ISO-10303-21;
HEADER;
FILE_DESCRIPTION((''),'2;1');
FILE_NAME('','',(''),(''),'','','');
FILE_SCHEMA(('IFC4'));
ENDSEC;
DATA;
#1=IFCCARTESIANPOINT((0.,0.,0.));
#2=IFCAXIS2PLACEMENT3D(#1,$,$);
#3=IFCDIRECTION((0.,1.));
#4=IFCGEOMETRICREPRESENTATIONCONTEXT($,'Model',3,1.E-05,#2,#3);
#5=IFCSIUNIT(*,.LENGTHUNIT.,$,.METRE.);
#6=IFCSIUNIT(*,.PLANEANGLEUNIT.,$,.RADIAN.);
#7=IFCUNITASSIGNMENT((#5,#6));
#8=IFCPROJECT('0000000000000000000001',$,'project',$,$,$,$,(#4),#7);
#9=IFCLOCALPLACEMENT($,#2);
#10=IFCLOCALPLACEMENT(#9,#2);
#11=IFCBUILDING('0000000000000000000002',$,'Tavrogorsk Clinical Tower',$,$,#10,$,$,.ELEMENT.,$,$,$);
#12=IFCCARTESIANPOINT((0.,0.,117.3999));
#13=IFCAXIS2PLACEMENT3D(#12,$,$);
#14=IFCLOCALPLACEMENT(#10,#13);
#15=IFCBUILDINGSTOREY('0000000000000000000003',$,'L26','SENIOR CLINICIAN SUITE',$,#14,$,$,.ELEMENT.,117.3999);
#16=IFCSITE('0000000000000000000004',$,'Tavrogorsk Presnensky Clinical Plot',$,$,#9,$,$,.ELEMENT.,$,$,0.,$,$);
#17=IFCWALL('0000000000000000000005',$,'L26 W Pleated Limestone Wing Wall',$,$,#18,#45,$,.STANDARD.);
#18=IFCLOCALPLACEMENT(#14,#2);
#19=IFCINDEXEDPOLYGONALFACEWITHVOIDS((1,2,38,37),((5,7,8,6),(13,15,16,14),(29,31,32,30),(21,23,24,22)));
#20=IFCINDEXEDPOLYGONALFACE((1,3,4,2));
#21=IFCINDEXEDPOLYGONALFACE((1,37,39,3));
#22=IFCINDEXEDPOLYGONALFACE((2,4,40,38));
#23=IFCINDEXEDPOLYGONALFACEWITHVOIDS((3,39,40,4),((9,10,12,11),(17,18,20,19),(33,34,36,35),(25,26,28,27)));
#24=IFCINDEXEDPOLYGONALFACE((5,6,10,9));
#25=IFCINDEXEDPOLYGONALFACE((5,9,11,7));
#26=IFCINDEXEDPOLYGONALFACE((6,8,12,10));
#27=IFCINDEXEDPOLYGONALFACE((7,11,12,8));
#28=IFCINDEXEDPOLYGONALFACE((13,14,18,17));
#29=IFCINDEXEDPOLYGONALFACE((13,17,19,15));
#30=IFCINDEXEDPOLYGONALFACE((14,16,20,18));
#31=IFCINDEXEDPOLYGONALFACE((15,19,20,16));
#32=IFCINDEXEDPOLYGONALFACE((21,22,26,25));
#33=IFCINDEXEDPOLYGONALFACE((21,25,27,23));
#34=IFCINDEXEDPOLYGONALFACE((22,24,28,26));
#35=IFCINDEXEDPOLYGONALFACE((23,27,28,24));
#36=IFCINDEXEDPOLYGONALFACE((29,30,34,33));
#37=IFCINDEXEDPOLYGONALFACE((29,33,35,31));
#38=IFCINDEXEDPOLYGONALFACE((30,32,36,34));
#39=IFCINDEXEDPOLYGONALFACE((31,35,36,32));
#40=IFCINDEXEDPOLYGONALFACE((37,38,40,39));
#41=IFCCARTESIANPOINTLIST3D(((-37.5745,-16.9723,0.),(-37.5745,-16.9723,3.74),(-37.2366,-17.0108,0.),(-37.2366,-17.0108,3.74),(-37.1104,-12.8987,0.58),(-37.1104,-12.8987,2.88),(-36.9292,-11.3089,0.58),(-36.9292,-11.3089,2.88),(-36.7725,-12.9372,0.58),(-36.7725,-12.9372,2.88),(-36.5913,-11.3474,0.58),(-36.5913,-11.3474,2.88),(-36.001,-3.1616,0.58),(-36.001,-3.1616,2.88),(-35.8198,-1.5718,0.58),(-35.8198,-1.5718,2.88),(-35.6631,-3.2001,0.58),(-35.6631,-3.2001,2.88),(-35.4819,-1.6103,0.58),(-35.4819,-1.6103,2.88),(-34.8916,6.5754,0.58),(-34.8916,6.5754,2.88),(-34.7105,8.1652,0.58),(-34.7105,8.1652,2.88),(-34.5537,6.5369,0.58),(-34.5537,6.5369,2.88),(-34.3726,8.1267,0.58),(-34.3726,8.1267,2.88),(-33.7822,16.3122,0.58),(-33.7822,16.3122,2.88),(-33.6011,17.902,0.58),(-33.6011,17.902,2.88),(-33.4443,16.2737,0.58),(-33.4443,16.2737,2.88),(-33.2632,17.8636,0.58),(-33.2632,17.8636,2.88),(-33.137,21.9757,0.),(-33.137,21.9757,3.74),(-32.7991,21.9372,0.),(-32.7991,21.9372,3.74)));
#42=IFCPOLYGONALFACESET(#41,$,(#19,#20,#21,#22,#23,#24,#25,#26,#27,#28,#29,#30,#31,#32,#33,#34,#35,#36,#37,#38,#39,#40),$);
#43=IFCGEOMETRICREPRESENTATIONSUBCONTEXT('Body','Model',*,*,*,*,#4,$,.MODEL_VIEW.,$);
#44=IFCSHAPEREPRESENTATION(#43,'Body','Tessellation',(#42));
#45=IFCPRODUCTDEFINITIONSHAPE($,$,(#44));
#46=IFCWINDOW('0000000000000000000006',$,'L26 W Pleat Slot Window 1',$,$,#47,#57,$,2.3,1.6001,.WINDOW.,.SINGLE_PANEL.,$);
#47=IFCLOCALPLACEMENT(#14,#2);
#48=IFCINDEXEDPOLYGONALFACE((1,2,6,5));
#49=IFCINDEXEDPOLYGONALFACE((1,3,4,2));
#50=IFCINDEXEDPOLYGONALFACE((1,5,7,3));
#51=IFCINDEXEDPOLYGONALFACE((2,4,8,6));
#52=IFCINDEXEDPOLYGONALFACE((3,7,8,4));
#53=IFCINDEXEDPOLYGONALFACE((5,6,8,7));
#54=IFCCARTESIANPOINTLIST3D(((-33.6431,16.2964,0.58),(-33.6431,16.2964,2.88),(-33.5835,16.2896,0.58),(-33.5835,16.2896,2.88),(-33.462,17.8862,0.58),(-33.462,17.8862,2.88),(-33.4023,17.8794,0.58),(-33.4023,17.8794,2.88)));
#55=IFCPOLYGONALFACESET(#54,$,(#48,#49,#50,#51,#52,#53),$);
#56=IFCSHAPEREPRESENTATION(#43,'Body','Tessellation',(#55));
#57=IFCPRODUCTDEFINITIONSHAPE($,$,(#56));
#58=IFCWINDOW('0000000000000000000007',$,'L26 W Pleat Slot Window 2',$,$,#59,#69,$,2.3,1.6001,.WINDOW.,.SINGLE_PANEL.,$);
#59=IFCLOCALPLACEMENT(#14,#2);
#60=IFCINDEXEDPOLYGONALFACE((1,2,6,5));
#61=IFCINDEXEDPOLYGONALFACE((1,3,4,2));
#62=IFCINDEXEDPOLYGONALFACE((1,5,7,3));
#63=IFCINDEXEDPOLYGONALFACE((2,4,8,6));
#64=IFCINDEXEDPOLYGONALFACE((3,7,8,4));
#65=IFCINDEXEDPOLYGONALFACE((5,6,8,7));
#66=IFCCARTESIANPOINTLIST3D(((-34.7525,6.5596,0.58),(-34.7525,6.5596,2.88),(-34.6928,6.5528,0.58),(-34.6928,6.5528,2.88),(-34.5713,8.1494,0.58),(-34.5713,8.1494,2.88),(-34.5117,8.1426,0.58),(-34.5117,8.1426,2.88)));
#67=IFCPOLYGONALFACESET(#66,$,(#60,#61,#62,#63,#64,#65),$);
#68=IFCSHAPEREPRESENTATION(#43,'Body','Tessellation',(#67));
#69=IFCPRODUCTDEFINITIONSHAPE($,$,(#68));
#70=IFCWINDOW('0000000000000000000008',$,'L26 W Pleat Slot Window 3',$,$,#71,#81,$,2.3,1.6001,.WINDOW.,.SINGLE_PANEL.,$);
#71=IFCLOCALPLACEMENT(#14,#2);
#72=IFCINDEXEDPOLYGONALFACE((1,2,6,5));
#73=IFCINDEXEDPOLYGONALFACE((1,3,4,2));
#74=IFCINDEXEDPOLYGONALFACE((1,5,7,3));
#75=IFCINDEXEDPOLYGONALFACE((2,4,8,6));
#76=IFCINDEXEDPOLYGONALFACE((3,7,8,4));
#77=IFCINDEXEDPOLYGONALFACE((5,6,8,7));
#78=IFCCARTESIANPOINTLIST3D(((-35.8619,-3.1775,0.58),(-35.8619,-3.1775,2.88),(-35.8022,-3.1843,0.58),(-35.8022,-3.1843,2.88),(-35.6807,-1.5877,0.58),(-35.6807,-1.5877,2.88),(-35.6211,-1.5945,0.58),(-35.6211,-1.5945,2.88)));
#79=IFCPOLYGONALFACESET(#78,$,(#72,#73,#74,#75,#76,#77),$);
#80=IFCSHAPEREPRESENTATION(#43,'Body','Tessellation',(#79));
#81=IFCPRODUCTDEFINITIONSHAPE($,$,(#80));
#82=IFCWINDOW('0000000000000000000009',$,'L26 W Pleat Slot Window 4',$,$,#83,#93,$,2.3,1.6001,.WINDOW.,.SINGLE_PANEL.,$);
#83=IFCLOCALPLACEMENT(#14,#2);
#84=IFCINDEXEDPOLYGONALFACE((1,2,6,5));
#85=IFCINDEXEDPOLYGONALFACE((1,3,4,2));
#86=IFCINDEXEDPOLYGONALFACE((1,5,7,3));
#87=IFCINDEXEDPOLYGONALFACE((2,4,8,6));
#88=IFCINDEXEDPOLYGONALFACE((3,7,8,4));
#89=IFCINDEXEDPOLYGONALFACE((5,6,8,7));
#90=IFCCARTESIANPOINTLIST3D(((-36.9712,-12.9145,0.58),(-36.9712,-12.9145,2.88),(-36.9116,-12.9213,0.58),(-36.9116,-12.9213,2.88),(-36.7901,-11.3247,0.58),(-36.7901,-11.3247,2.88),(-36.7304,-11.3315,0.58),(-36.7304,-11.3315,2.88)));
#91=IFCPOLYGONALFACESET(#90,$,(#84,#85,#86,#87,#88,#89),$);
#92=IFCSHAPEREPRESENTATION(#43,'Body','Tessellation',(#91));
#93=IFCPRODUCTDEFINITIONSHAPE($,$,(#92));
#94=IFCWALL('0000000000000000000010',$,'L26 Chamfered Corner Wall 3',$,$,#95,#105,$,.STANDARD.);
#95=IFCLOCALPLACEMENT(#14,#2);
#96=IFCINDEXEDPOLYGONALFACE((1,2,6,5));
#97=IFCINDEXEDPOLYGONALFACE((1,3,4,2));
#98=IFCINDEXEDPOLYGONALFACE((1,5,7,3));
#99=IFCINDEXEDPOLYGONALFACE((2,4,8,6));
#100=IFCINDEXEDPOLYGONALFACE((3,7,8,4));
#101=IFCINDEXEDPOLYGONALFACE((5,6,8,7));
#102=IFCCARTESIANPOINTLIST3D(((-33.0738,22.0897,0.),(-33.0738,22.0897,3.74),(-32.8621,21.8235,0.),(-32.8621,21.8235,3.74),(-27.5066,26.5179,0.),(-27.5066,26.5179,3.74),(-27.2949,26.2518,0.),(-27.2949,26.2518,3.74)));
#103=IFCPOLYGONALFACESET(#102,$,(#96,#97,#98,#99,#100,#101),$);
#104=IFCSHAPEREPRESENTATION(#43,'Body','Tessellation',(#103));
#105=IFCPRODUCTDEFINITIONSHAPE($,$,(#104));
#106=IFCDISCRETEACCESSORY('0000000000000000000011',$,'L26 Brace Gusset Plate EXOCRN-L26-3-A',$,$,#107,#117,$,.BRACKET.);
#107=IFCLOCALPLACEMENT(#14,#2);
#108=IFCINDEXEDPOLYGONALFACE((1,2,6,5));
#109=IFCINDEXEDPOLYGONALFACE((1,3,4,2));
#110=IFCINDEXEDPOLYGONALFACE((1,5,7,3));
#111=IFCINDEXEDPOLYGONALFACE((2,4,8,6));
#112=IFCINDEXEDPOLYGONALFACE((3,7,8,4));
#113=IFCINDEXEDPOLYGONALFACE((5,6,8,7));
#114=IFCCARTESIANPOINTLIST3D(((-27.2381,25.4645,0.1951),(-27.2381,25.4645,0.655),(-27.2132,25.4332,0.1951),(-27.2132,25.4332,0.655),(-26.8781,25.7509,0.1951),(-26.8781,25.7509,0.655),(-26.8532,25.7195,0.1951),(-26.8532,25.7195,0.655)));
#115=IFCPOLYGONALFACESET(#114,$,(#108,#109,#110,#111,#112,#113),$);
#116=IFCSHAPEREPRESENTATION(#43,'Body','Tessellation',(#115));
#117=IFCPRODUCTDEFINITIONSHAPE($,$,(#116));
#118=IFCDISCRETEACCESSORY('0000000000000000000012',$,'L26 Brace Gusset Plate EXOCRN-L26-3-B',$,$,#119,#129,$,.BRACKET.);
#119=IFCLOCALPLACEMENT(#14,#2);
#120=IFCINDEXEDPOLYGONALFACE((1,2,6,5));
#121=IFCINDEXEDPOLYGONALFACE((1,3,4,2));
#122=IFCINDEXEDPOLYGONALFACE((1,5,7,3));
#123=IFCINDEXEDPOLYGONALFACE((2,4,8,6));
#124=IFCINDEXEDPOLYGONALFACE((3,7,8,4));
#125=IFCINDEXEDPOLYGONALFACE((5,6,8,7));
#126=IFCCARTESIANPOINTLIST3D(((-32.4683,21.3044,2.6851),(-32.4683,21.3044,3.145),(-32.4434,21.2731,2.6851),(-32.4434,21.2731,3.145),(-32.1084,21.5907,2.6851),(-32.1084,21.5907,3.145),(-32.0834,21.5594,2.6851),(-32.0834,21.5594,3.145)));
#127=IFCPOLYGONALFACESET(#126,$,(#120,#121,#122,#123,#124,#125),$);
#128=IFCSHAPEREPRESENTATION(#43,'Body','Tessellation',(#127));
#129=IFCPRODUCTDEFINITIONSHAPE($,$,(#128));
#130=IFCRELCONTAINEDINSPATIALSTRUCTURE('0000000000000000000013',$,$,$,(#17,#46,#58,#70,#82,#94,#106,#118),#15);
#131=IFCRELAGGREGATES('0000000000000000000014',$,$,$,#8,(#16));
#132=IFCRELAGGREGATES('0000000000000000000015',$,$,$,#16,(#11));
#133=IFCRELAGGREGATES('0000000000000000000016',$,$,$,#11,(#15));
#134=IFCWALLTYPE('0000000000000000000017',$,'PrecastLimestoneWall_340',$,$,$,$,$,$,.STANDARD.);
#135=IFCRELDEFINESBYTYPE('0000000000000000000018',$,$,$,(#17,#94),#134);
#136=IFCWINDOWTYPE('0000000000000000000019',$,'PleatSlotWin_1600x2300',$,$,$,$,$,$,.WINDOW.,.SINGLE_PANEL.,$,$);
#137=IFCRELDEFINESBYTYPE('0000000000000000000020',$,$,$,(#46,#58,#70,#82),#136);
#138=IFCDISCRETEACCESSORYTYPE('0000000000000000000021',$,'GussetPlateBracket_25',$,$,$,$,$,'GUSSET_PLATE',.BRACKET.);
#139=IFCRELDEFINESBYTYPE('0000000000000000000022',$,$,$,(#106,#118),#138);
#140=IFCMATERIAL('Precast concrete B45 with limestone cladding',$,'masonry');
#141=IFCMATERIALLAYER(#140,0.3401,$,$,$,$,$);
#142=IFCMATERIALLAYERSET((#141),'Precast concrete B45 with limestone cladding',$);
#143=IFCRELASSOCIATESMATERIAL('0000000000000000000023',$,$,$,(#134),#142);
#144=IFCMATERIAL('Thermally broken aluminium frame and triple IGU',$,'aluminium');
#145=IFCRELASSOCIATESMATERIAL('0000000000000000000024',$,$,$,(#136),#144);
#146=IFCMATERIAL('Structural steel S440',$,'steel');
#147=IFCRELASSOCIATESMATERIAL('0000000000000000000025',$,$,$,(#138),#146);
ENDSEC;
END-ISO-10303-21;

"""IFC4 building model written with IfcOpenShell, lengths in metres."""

from ifc_helpers import new_model, si_unit, direction, frame, frame_2d, origin, origin_2d, place, context, subcontext, project, spatial, rectangle, extrude, material, layer, layer_set, type_object, element, fill, save


model = new_model("IFC4")

# Units and contexts
model_context = context("Model", 3, precision=1e-05, world=origin(), true_north=direction((0.0, 1.0)))
body_context = subcontext(model_context, "Body", "Model", "MODEL_VIEW")
ifc_project = project(units=[si_unit("LENGTHUNIT", "METRE"), si_unit("PLANEANGLEUNIT", "RADIAN")], contexts=[model_context])

# Site, building, storey
site_placement = place(None, origin())
site = spatial("IfcSite", under=ifc_project, at=site_placement, Name="Tavrogorsk Presnensky Clinical Plot", CompositionType="ELEMENT", RefElevation=0.0)
building_placement = place(site_placement, origin())
building = spatial("IfcBuilding", under=site, at=building_placement, Name="Tavrogorsk Clinical Tower", CompositionType="ELEMENT")
storey_placement = place(building_placement, frame((0.0, 0.0, 117.3999)))
storey = spatial("IfcBuildingStorey", under=building, at=storey_placement, Name="L26", Description="SENIOR CLINICIAN SUITE", CompositionType="ELEMENT", Elevation=117.3999)

# Wall, openings, windows
ifc_material_1 = material(Name="Precast concrete B45 with limestone cladding", Category="masonry")
ifc_layer_1 = layer(ifc_material_1, 0.3401)
ifc_layer_set_1 = layer_set([ifc_layer_1], Name="Precast concrete B45 with limestone cladding")
wall_type_1 = type_object("IfcWallType", Name="PrecastLimestoneWall_340", PredefinedType="STANDARD", material=ifc_layer_set_1)
wall_1_placement = place(storey_placement, frame((-32.968, 21.9565, 0.0), z_axis=(0.0, 0.0, 1.0), x_axis=(-0.113202, -0.993572, 0.0)))
wall_1 = element("IfcWall", 1, at=wall_1_placement, inside=storey, type_object=wall_type_1, Name="L26 W Pleated Limestone Wing Wall", PredefinedType="STANDARD", context=body_context, shape_type="SweptSolid", body=[
    extrude(rectangle(XDim=39.2, YDim=0.3401, at=frame_2d((19.6001, 0.0))), origin(), (0.0, 0.0, 1.0), 3.74),
])
opening_1_placement = place(wall_1_placement, frame((4.1001, 0.0, 0.5801)))
opening_1 = element("IfcOpeningElement", 2, at=opening_1_placement, cuts=wall_1, PredefinedType="OPENING", context=body_context, shape_type="SweptSolid", body=[
    extrude(rectangle(XDim=1.6001, YDim=2.3, at=frame_2d((0.8, 1.1499))), frame((0.0, 0.1799, 0.0), z_axis=(0.0, -1.0, 0.0), x_axis=(1.0, 0.0, 0.0)), (0.0, 0.0, 1.0), 0.3601),
])
opening_2_placement = place(wall_1_placement, frame((13.8999, 0.0, 0.5801)))
opening_2 = element("IfcOpeningElement", 3, at=opening_2_placement, cuts=wall_1, PredefinedType="OPENING", context=body_context, shape_type="SweptSolid", body=[
    extrude(rectangle(XDim=1.6001, YDim=2.3, at=frame_2d((0.8, 1.1499))), frame((0.0, 0.1799, 0.0), z_axis=(0.0, -1.0, 0.0), x_axis=(1.0, 0.0, 0.0)), (0.0, 0.0, 1.0), 0.3601),
])
opening_3_placement = place(wall_1_placement, frame((23.7, 0.0, 0.5801)))
opening_3 = element("IfcOpeningElement", 4, at=opening_3_placement, cuts=wall_1, PredefinedType="OPENING", context=body_context, shape_type="SweptSolid", body=[
    extrude(rectangle(XDim=1.6001, YDim=2.3, at=frame_2d((0.8, 1.1499))), frame((0.0, 0.1799, 0.0), z_axis=(0.0, -1.0, 0.0), x_axis=(1.0, 0.0, 0.0)), (0.0, 0.0, 1.0), 0.3601),
])
opening_4_placement = place(wall_1_placement, frame((33.5, 0.0, 0.5801)))
opening_4 = element("IfcOpeningElement", 5, at=opening_4_placement, cuts=wall_1, PredefinedType="OPENING", context=body_context, shape_type="SweptSolid", body=[
    extrude(rectangle(XDim=1.6001, YDim=2.3, at=frame_2d((0.8, 1.1499))), frame((0.0, 0.1799, 0.0), z_axis=(0.0, -1.0, 0.0), x_axis=(1.0, 0.0, 0.0)), (0.0, 0.0, 1.0), 0.3601),
])
ifc_material_2 = material(Name="Thermally broken aluminium frame and triple IGU", Category="aluminium")
window_type = type_object("IfcWindowType", Name="PleatSlotWin_1600x2300", PartitioningType="SINGLE_PANEL", PredefinedType="WINDOW", material=ifc_material_2)
window_1_placement = place(opening_1_placement, origin())
window_1 = element("IfcWindow", 6, at=window_1_placement, inside=storey, type_object=window_type, Name="L26 W Pleat Slot Window 1", OverallHeight=2.3, OverallWidth=1.6001, PartitioningType="SINGLE_PANEL", PredefinedType="WINDOW", context=body_context, shape_type="SweptSolid", body=[
    extrude(rectangle(XDim=1.6001, YDim=2.3, at=frame_2d((0.8, 1.1499))), frame((0.0, 0.03, 0.0), z_axis=(0.0, -1.0, 0.0), x_axis=(1.0, 0.0, 0.0)), (0.0, 0.0, 1.0), 0.0601),
])
fill(opening_1, window_1)
window_2_placement = place(opening_2_placement, origin())
window_2 = element("IfcWindow", 7, at=window_2_placement, inside=storey, type_object=window_type, Name="L26 W Pleat Slot Window 2", OverallHeight=2.3, OverallWidth=1.6001, PartitioningType="SINGLE_PANEL", PredefinedType="WINDOW", context=body_context, shape_type="SweptSolid", body=[
    extrude(rectangle(XDim=1.6001, YDim=2.3, at=frame_2d((0.8, 1.1499))), frame((0.0, 0.03, 0.0), z_axis=(0.0, -1.0, 0.0), x_axis=(1.0, 0.0, 0.0)), (0.0, 0.0, 1.0), 0.0601),
])
fill(opening_2, window_2)
window_3_placement = place(opening_3_placement, origin())
window_3 = element("IfcWindow", 8, at=window_3_placement, inside=storey, type_object=window_type, Name="L26 W Pleat Slot Window 3", OverallHeight=2.3, OverallWidth=1.6001, PartitioningType="SINGLE_PANEL", PredefinedType="WINDOW", context=body_context, shape_type="SweptSolid", body=[
    extrude(rectangle(XDim=1.6001, YDim=2.3, at=frame_2d((0.8, 1.1499))), frame((0.0, 0.03, 0.0), z_axis=(0.0, -1.0, 0.0), x_axis=(1.0, 0.0, 0.0)), (0.0, 0.0, 1.0), 0.0601),
])
fill(opening_3, window_3)
window_4_placement = place(opening_4_placement, origin())
window_4 = element("IfcWindow", 9, at=window_4_placement, inside=storey, type_object=window_type, Name="L26 W Pleat Slot Window 4", OverallHeight=2.3, OverallWidth=1.6001, PartitioningType="SINGLE_PANEL", PredefinedType="WINDOW", context=body_context, shape_type="SweptSolid", body=[
    extrude(rectangle(XDim=1.6001, YDim=2.3, at=frame_2d((0.8, 1.1499))), frame((0.0, 0.03, 0.0), z_axis=(0.0, -1.0, 0.0), x_axis=(1.0, 0.0, 0.0)), (0.0, 0.0, 1.0), 0.0601),
])
fill(opening_4, window_4)

# Wall
wall_2_placement = place(storey_placement, frame((-27.4009, 26.3848, 0.0), z_axis=(0.0, 0.0, 1.0), x_axis=(-0.782614, -0.622508, 0.0)))
element("IfcWall", 10, at=wall_2_placement, inside=storey, type_object=wall_type_1, Name="L26 Chamfered Corner Wall 3", PredefinedType="STANDARD", context=body_context, shape_type="SweptSolid", body=[
    extrude(rectangle(XDim=7.1135, YDim=0.3401, at=frame_2d((3.5566, 0.0))), origin(), (0.0, 0.0, 1.0), 3.74),
])

# Discrete accessories
ifc_material_3 = material(Name="Structural steel S440", Category="steel")
discrete_accessory_type = type_object("IfcDiscreteAccessoryType", Name="GussetPlateBracket_25", ElementType="GUSSET_PLATE", PredefinedType="BRACKET", material=ifc_material_3)
for number, where, z_axis, x_axis, name in (
    (11, (-27.0457, 25.592, 0.1951), (0.0, 0.0, 1.0), (-0.782608, -0.622515, 0.0), "L26 Brace Gusset Plate EXOCRN-L26-3-A"),
    (12, (-32.2759, 21.4319, 2.6851), (0.0, 0.0, 1.0), (-0.782608, -0.622515, 0.0), "L26 Brace Gusset Plate EXOCRN-L26-3-B"),
):
    element("IfcDiscreteAccessory", number, at=place(storey_placement, frame(where, z_axis=z_axis, x_axis=x_axis)), inside=storey, type_object=discrete_accessory_type, Name=name, PredefinedType="BRACKET", context=body_context, shape_type="SweptSolid", body=[
        extrude(rectangle(XDim=0.46, YDim=0.04, at=origin_2d()), origin(), (0.0, 0.0, 1.0), 0.46),
    ])

save(model, "model.ifc")
